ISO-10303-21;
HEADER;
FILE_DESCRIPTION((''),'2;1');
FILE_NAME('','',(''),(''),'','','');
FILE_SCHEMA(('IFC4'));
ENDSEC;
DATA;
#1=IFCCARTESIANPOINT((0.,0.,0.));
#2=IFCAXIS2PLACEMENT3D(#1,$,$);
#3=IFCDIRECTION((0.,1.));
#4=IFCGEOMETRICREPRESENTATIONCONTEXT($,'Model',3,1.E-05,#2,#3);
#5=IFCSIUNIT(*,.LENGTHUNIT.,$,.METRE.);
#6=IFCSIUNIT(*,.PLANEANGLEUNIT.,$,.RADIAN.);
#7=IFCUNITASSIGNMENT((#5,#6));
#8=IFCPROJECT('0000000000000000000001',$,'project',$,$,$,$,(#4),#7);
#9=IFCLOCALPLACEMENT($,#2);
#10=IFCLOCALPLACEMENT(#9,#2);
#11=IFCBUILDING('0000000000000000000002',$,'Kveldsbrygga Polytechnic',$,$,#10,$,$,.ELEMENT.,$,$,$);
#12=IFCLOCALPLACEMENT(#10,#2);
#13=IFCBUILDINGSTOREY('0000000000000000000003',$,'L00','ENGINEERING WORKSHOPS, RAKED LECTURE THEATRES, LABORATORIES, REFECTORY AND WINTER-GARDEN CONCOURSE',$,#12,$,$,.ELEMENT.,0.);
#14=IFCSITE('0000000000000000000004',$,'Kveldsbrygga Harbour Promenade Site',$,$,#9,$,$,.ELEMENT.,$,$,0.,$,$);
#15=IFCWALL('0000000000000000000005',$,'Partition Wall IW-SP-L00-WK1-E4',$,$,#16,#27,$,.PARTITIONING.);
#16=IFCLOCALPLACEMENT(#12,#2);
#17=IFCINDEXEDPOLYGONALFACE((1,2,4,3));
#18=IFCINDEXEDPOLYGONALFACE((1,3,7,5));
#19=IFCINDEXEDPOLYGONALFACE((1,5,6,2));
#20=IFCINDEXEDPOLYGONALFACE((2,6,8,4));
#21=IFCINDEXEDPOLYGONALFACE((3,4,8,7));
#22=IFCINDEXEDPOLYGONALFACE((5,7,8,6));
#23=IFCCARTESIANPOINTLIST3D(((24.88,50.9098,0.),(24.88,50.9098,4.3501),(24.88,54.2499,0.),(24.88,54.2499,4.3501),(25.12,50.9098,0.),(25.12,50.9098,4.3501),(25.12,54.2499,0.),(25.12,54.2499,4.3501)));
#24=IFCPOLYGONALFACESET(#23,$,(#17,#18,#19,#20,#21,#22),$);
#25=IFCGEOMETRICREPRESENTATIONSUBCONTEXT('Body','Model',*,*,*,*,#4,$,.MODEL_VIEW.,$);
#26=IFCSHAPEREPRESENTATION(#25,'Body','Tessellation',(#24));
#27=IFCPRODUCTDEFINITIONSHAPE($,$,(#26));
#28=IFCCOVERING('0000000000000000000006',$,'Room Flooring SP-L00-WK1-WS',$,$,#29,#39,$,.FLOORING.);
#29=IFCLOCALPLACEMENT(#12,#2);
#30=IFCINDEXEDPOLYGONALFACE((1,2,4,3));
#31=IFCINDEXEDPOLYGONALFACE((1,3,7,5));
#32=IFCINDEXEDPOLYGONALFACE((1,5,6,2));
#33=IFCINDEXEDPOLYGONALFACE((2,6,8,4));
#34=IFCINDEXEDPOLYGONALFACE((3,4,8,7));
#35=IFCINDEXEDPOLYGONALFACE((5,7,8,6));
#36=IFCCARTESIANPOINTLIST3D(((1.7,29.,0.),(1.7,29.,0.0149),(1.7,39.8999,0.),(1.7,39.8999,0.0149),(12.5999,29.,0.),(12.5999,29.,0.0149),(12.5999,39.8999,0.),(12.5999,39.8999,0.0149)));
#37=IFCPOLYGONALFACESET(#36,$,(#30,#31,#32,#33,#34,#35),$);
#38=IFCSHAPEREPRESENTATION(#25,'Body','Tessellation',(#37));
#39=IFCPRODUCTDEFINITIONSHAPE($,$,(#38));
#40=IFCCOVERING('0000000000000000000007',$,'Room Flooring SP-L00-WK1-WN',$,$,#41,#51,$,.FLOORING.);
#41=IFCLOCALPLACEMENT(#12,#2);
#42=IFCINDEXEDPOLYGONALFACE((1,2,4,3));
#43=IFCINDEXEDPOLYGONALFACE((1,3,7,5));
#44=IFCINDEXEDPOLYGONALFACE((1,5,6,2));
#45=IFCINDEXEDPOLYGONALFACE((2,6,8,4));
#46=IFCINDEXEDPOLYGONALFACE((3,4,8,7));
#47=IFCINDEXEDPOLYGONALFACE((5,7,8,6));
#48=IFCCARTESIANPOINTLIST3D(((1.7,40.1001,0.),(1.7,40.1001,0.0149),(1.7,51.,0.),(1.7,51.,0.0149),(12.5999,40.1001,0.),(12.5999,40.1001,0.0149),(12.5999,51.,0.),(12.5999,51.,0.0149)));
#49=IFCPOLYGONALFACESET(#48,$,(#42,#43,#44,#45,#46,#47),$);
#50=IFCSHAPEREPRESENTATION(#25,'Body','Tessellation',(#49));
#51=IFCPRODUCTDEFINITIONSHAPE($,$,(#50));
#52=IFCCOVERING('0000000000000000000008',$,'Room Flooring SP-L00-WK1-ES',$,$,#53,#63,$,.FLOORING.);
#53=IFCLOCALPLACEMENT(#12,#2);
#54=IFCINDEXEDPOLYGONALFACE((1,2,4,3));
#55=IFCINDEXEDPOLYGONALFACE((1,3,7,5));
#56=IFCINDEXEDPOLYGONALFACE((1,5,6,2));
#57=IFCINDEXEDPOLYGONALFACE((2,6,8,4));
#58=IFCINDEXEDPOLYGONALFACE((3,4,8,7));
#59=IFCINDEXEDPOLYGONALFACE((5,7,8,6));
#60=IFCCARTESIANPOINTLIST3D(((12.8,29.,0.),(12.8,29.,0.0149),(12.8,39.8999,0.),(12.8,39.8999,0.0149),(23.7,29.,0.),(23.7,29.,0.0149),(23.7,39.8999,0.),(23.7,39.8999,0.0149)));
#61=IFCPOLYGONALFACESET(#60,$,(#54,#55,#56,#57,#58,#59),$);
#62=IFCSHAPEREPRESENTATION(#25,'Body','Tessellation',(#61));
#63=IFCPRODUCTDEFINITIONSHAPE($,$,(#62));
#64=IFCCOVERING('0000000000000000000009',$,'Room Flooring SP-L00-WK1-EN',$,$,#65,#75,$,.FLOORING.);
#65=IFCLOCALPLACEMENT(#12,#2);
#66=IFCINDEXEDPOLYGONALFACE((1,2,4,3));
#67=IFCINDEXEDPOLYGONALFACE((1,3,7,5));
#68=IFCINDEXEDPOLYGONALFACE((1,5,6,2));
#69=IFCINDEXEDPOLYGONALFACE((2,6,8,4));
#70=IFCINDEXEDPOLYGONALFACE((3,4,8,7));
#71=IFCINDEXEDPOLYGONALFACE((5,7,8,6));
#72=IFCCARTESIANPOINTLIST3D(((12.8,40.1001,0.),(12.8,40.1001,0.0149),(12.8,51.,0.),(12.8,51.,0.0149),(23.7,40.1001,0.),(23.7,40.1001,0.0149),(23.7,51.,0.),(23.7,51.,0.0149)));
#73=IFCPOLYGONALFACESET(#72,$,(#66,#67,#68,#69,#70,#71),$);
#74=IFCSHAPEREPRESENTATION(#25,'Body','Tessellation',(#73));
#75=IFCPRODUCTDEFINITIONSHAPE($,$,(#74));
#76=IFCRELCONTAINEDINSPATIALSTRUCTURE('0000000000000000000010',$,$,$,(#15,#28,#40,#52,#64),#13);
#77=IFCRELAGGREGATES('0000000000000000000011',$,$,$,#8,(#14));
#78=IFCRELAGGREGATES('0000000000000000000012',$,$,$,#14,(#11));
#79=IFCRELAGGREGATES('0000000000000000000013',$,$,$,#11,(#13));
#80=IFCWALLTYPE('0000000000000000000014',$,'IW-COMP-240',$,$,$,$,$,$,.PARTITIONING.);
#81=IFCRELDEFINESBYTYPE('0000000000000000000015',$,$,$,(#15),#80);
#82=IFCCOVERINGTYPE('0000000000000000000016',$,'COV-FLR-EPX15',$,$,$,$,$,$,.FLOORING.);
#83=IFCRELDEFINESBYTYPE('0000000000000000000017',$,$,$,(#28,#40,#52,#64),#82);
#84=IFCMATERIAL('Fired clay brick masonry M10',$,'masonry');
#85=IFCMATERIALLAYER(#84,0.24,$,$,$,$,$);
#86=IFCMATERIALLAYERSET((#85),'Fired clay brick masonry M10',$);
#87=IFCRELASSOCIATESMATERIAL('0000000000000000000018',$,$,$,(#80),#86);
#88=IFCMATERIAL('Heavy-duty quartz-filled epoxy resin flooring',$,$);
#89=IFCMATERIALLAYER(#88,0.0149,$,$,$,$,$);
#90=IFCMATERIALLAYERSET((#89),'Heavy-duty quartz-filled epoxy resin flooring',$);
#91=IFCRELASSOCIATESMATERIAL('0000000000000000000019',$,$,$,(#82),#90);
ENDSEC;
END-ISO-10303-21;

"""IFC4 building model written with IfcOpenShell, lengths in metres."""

from ifc_helpers import new_model, si_unit, direction, frame, frame_2d, origin, origin_2d, place, context, subcontext, project, spatial, rectangle, extrude, material, layer, layer_set, type_object, element, save


model = new_model("IFC4")

# Units and contexts
model_context = context("Model", 3, precision=1e-05, world=origin(), true_north=direction((0.0, 1.0)))
body_context = subcontext(model_context, "Body", "Model", "MODEL_VIEW")
ifc_project = project(units=[si_unit("LENGTHUNIT", "METRE"), si_unit("PLANEANGLEUNIT", "RADIAN")], contexts=[model_context])

# Site, building, storey
site_placement = place(None, origin())
site = spatial("IfcSite", under=ifc_project, at=site_placement, Name="Kveldsbrygga Harbour Promenade Site", CompositionType="ELEMENT", RefElevation=0.0)
building_placement = place(site_placement, origin())
building = spatial("IfcBuilding", under=site, at=building_placement, Name="Kveldsbrygga Polytechnic", CompositionType="ELEMENT")
storey_placement = place(building_placement, origin())
storey = spatial("IfcBuildingStorey", under=building, at=storey_placement, Name="L00", Description="ENGINEERING WORKSHOPS, RAKED LECTURE THEATRES, LABORATORIES, REFECTORY AND WINTER-GARDEN CONCOURSE", CompositionType="ELEMENT", Elevation=0.0)

# Shared definitions
ifc_material_1 = material(Name="Fired clay brick masonry M10", Category="masonry")

# Wall
ifc_layer_1 = layer(ifc_material_1, 0.24)
ifc_layer_set_1 = layer_set([ifc_layer_1], Name="Fired clay brick masonry M10")
wall_type_1 = type_object("IfcWallType", Name="IW-COMP-240", PredefinedType="PARTITIONING", material=ifc_layer_set_1)
wall_1_placement = place(storey_placement, frame((25.0, 50.9099, 0.0), z_axis=(0.0, 0.0, 1.0), x_axis=(0.0, 1.0, 0.0)))
element("IfcWall", 1, at=wall_1_placement, inside=storey, type_object=wall_type_1, Name="Partition Wall IW-SP-L00-WK1-E4", PredefinedType="PARTITIONING", context=body_context, shape_type="SweptSolid", body=[
    extrude(rectangle(XDim=3.3401, YDim=0.24, at=frame_2d((1.6699, 0.0))), origin(), (0.0, 0.0, 1.0), 4.3501),
])

# Coverings
ifc_material_2 = material(Name="Heavy-duty quartz-filled epoxy resin flooring")
ifc_layer_2 = layer(ifc_material_2, 0.0149)
ifc_layer_set_2 = layer_set([ifc_layer_2], Name="Heavy-duty quartz-filled epoxy resin flooring")
covering_type = type_object("IfcCoveringType", Name="COV-FLR-EPX15", PredefinedType="FLOORING", material=ifc_layer_set_2)
for number, where, z_axis, x_axis, name in (
    (2, (7.1499, 34.45, 0.0), (0.0, 0.0, 1.0), (1.0, 0.0, 0.0), "Room Flooring SP-L00-WK1-WS"),
    (3, (7.1499, 45.55, 0.0), (0.0, 0.0, 1.0), (1.0, 0.0, 0.0), "Room Flooring SP-L00-WK1-WN"),
    (4, (18.25, 34.45, 0.0), (0.0, 0.0, 1.0), (1.0, 0.0, 0.0), "Room Flooring SP-L00-WK1-ES"),
    (5, (18.25, 45.55, 0.0), (0.0, 0.0, 1.0), (1.0, 0.0, 0.0), "Room Flooring SP-L00-WK1-EN"),
):
    element("IfcCovering", number, at=place(storey_placement, frame(where, z_axis=z_axis, x_axis=x_axis)), inside=storey, type_object=covering_type, Name=name, PredefinedType="FLOORING", context=body_context, shape_type="SweptSolid", body=[
        extrude(rectangle(XDim=10.8999, YDim=10.8999, at=origin_2d()), origin(), (0.0, 0.0, 1.0), 0.0149),
    ])

save(model, "model.ifc")
